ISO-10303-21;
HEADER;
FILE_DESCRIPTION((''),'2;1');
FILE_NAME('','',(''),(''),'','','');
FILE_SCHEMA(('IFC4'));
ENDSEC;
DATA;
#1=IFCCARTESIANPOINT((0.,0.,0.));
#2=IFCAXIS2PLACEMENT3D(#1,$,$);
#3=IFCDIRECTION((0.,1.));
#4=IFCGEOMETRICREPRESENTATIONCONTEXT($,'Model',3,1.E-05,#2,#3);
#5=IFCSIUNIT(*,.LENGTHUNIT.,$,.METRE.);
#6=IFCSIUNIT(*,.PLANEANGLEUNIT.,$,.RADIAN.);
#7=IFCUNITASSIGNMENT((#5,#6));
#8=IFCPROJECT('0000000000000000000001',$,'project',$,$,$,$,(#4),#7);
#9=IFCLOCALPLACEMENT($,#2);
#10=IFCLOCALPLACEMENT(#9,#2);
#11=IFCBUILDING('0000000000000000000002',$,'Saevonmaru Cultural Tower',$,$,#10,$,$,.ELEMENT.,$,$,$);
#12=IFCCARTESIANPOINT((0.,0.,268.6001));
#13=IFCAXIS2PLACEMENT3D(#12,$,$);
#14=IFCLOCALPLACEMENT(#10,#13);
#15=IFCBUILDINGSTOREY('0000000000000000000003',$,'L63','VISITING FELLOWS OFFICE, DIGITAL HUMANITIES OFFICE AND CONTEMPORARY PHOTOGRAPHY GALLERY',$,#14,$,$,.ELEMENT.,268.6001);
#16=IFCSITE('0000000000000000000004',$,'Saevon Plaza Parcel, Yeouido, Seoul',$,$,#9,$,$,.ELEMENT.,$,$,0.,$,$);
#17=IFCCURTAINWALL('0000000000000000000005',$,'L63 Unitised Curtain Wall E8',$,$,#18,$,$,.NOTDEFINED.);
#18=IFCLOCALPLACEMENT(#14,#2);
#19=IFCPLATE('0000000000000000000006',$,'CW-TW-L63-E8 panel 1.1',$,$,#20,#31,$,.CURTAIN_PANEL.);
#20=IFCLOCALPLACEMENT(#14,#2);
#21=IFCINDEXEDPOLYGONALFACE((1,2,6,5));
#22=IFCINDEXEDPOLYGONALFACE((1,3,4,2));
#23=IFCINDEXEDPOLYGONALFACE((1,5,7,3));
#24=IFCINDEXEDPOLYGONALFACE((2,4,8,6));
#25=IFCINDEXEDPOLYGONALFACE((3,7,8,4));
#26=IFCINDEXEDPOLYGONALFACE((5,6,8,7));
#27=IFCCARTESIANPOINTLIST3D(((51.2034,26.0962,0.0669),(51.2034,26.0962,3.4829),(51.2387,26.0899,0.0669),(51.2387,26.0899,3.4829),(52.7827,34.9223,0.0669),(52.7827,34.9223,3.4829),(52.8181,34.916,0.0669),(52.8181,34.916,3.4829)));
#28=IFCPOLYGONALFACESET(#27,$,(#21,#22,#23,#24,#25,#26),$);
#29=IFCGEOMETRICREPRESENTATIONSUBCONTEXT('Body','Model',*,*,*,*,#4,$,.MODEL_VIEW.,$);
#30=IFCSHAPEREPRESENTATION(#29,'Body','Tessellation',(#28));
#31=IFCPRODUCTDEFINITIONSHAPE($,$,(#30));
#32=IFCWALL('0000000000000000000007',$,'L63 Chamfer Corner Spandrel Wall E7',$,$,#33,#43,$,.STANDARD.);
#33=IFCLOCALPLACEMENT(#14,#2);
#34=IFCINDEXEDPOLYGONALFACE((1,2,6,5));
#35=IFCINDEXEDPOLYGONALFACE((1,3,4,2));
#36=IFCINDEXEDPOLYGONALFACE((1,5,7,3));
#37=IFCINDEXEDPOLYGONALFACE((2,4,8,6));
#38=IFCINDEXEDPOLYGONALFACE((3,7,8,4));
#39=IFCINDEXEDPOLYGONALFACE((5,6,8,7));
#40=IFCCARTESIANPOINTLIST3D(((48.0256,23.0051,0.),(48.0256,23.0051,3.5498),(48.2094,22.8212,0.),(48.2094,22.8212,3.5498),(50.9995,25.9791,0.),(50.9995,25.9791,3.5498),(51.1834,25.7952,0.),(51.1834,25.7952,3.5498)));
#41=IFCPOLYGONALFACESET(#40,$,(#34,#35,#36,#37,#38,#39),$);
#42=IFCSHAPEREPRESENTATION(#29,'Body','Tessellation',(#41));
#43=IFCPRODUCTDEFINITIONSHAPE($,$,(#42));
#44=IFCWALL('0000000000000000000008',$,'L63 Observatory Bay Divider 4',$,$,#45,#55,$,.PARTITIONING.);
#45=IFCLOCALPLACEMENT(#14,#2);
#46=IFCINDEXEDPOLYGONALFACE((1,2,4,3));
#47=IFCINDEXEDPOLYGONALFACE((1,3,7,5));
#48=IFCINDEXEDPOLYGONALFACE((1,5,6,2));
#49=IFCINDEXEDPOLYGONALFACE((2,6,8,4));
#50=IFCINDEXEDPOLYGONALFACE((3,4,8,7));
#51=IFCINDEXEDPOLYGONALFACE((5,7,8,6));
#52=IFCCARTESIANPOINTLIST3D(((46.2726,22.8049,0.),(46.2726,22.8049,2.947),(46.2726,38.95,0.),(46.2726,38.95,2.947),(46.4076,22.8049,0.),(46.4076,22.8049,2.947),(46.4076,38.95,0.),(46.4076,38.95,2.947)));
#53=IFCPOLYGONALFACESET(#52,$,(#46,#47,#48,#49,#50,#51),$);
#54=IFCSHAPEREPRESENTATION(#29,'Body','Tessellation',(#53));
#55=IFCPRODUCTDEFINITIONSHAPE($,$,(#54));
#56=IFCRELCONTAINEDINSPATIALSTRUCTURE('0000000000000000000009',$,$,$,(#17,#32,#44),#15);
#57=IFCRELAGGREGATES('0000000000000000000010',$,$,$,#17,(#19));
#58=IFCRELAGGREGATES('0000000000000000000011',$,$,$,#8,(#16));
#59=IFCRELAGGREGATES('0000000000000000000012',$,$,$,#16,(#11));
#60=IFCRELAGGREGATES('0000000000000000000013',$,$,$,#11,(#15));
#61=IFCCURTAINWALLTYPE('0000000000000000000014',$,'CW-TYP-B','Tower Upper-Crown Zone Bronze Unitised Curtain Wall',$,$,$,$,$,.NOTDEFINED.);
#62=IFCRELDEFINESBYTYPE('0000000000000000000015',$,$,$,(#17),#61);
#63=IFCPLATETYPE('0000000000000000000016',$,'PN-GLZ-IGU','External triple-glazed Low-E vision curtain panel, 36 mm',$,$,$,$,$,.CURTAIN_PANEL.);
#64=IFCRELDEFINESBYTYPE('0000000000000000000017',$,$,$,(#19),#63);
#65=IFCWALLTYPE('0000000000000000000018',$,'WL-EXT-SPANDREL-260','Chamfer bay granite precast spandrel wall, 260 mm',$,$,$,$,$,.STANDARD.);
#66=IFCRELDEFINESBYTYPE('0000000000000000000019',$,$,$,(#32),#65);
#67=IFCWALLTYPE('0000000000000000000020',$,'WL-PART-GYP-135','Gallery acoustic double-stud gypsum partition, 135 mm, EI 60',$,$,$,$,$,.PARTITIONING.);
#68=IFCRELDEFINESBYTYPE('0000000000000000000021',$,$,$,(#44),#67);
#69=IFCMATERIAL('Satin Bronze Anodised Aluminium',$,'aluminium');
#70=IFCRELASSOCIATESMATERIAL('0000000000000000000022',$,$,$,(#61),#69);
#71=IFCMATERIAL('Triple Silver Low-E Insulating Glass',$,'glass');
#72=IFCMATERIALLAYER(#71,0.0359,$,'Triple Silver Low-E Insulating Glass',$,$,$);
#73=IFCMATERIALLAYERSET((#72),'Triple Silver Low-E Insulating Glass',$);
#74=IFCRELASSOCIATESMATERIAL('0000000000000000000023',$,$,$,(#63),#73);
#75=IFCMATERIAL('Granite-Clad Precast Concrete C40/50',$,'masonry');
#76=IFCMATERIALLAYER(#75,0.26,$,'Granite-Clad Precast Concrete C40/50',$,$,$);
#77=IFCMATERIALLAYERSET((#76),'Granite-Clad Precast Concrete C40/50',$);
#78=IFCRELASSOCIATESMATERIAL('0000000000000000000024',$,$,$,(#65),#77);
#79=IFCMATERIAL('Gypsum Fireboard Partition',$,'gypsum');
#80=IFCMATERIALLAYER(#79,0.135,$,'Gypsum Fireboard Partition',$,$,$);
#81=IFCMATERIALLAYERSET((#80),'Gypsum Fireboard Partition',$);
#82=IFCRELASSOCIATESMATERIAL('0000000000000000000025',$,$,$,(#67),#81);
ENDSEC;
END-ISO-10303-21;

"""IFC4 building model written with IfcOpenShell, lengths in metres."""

from ifc_helpers import new_model, si_unit, direction, frame, frame_2d, origin, origin_2d, place, context, subcontext, project, spatial, rectangle, extrude, material, layer, layer_set, type_object, element, aggregate, save


model = new_model("IFC4")

# Units and contexts
model_context = context("Model", 3, precision=1e-05, world=origin(), true_north=direction((0.0, 1.0)))
body_context = subcontext(model_context, "Body", "Model", "MODEL_VIEW")
ifc_project = project(units=[si_unit("LENGTHUNIT", "METRE"), si_unit("PLANEANGLEUNIT", "RADIAN")], contexts=[model_context])

# Site, building, storey
site_placement = place(None, origin())
site = spatial("IfcSite", under=ifc_project, at=site_placement, Name="Saevon Plaza Parcel, Yeouido, Seoul", CompositionType="ELEMENT", RefElevation=0.0)
building_placement = place(site_placement, origin())
building = spatial("IfcBuilding", under=site, at=building_placement, Name="Saevonmaru Cultural Tower", CompositionType="ELEMENT")
storey_placement = place(building_placement, frame((0.0, 0.0, 268.6001)))
storey = spatial("IfcBuildingStorey", under=building, at=storey_placement, Name="L63", Description="VISITING FELLOWS OFFICE, DIGITAL HUMANITIES OFFICE AND CONTEMPORARY PHOTOGRAPHY GALLERY", CompositionType="ELEMENT", Elevation=268.6001)

# Shared definitions
ifc_material_1 = material(Name="Satin Bronze Anodised Aluminium", Category="aluminium")
curtain_wall_type = type_object("IfcCurtainWallType", Name="CW-TYP-B", Description="Tower Upper-Crown Zone Bronze Unitised Curtain Wall", PredefinedType="NOTDEFINED", material=ifc_material_1)

# Curtain wall
curtain_wall_1_placement = place(storey_placement, origin())
curtain_wall_1 = element("IfcCurtainWall", 1, at=curtain_wall_1_placement, inside=storey, type_object=curtain_wall_type, Name="L63 Unitised Curtain Wall E8", PredefinedType="NOTDEFINED")

# Plate
ifc_material_2 = material(Name="Triple Silver Low-E Insulating Glass", Category="glass")
ifc_layer_1 = layer(ifc_material_2, 0.0359, Name="Triple Silver Low-E Insulating Glass")
ifc_layer_set_1 = layer_set([ifc_layer_1], Name="Triple Silver Low-E Insulating Glass")
plate_type = type_object("IfcPlateType", Name="PN-GLZ-IGU", Description="External triple-glazed Low-E vision curtain panel, 36 mm", PredefinedType="CURTAIN_PANEL", material=ifc_layer_set_1)
plate_1_placement = place(storey_placement, frame((52.0107, 30.5061, 0.0669), z_axis=(0.0, 0.0, 1.0), x_axis=(0.176141, 0.984365, 0.0)))
plate_1 = element("IfcPlate", 2, at=plate_1_placement, type_object=plate_type, Name="CW-TW-L63-E8 panel 1.1", PredefinedType="CURTAIN_PANEL", context=body_context, shape_type="SweptSolid", body=[
    extrude(rectangle(XDim=8.9663, YDim=0.0359, at=origin_2d()), origin(), (0.0, 0.0, 1.0), 3.416),
])
aggregate(curtain_wall_1, [plate_1])

# Walls
ifc_material_3 = material(Name="Granite-Clad Precast Concrete C40/50", Category="masonry")
ifc_layer_2 = layer(ifc_material_3, 0.26, Name="Granite-Clad Precast Concrete C40/50")
ifc_layer_set_2 = layer_set([ifc_layer_2], Name="Granite-Clad Precast Concrete C40/50")
wall_type_1 = type_object("IfcWallType", Name="WL-EXT-SPANDREL-260", Description="Chamfer bay granite precast spandrel wall, 260 mm", PredefinedType="STANDARD", material=ifc_layer_set_2)
wall_1_placement = place(storey_placement, frame((48.1174, 22.9131, 0.0), z_axis=(0.0, 0.0, 1.0), x_axis=(0.707107, 0.707107, 0.0)))
element("IfcWall", 3, at=wall_1_placement, inside=storey, type_object=wall_type_1, Name="L63 Chamfer Corner Spandrel Wall E7", PredefinedType="STANDARD", context=body_context, shape_type="SweptSolid", body=[
    extrude(rectangle(XDim=4.2058, YDim=0.26, at=frame_2d((2.103, 0.0))), origin(), (0.0, 0.0, 1.0), 3.5498),
])
ifc_material_4 = material(Name="Gypsum Fireboard Partition", Category="gypsum")
ifc_layer_3 = layer(ifc_material_4, 0.135, Name="Gypsum Fireboard Partition")
ifc_layer_set_3 = layer_set([ifc_layer_3], Name="Gypsum Fireboard Partition")
wall_type_2 = type_object("IfcWallType", Name="WL-PART-GYP-135", Description="Gallery acoustic double-stud gypsum partition, 135 mm, EI 60", PredefinedType="PARTITIONING", material=ifc_layer_set_3)
wall_2_placement = place(storey_placement, frame((46.3401, 22.8049, 0.0), z_axis=(0.0, 0.0, 1.0), x_axis=(0.0, 1.0, 0.0)))
element("IfcWall", 4, at=wall_2_placement, inside=storey, type_object=wall_type_2, Name="L63 Observatory Bay Divider 4", PredefinedType="PARTITIONING", context=body_context, shape_type="SweptSolid", body=[
    extrude(rectangle(XDim=16.145, YDim=0.135, at=frame_2d((8.0725, 0.0))), origin(), (0.0, 0.0, 1.0), 2.947),
])

save(model, "model.ifc")
